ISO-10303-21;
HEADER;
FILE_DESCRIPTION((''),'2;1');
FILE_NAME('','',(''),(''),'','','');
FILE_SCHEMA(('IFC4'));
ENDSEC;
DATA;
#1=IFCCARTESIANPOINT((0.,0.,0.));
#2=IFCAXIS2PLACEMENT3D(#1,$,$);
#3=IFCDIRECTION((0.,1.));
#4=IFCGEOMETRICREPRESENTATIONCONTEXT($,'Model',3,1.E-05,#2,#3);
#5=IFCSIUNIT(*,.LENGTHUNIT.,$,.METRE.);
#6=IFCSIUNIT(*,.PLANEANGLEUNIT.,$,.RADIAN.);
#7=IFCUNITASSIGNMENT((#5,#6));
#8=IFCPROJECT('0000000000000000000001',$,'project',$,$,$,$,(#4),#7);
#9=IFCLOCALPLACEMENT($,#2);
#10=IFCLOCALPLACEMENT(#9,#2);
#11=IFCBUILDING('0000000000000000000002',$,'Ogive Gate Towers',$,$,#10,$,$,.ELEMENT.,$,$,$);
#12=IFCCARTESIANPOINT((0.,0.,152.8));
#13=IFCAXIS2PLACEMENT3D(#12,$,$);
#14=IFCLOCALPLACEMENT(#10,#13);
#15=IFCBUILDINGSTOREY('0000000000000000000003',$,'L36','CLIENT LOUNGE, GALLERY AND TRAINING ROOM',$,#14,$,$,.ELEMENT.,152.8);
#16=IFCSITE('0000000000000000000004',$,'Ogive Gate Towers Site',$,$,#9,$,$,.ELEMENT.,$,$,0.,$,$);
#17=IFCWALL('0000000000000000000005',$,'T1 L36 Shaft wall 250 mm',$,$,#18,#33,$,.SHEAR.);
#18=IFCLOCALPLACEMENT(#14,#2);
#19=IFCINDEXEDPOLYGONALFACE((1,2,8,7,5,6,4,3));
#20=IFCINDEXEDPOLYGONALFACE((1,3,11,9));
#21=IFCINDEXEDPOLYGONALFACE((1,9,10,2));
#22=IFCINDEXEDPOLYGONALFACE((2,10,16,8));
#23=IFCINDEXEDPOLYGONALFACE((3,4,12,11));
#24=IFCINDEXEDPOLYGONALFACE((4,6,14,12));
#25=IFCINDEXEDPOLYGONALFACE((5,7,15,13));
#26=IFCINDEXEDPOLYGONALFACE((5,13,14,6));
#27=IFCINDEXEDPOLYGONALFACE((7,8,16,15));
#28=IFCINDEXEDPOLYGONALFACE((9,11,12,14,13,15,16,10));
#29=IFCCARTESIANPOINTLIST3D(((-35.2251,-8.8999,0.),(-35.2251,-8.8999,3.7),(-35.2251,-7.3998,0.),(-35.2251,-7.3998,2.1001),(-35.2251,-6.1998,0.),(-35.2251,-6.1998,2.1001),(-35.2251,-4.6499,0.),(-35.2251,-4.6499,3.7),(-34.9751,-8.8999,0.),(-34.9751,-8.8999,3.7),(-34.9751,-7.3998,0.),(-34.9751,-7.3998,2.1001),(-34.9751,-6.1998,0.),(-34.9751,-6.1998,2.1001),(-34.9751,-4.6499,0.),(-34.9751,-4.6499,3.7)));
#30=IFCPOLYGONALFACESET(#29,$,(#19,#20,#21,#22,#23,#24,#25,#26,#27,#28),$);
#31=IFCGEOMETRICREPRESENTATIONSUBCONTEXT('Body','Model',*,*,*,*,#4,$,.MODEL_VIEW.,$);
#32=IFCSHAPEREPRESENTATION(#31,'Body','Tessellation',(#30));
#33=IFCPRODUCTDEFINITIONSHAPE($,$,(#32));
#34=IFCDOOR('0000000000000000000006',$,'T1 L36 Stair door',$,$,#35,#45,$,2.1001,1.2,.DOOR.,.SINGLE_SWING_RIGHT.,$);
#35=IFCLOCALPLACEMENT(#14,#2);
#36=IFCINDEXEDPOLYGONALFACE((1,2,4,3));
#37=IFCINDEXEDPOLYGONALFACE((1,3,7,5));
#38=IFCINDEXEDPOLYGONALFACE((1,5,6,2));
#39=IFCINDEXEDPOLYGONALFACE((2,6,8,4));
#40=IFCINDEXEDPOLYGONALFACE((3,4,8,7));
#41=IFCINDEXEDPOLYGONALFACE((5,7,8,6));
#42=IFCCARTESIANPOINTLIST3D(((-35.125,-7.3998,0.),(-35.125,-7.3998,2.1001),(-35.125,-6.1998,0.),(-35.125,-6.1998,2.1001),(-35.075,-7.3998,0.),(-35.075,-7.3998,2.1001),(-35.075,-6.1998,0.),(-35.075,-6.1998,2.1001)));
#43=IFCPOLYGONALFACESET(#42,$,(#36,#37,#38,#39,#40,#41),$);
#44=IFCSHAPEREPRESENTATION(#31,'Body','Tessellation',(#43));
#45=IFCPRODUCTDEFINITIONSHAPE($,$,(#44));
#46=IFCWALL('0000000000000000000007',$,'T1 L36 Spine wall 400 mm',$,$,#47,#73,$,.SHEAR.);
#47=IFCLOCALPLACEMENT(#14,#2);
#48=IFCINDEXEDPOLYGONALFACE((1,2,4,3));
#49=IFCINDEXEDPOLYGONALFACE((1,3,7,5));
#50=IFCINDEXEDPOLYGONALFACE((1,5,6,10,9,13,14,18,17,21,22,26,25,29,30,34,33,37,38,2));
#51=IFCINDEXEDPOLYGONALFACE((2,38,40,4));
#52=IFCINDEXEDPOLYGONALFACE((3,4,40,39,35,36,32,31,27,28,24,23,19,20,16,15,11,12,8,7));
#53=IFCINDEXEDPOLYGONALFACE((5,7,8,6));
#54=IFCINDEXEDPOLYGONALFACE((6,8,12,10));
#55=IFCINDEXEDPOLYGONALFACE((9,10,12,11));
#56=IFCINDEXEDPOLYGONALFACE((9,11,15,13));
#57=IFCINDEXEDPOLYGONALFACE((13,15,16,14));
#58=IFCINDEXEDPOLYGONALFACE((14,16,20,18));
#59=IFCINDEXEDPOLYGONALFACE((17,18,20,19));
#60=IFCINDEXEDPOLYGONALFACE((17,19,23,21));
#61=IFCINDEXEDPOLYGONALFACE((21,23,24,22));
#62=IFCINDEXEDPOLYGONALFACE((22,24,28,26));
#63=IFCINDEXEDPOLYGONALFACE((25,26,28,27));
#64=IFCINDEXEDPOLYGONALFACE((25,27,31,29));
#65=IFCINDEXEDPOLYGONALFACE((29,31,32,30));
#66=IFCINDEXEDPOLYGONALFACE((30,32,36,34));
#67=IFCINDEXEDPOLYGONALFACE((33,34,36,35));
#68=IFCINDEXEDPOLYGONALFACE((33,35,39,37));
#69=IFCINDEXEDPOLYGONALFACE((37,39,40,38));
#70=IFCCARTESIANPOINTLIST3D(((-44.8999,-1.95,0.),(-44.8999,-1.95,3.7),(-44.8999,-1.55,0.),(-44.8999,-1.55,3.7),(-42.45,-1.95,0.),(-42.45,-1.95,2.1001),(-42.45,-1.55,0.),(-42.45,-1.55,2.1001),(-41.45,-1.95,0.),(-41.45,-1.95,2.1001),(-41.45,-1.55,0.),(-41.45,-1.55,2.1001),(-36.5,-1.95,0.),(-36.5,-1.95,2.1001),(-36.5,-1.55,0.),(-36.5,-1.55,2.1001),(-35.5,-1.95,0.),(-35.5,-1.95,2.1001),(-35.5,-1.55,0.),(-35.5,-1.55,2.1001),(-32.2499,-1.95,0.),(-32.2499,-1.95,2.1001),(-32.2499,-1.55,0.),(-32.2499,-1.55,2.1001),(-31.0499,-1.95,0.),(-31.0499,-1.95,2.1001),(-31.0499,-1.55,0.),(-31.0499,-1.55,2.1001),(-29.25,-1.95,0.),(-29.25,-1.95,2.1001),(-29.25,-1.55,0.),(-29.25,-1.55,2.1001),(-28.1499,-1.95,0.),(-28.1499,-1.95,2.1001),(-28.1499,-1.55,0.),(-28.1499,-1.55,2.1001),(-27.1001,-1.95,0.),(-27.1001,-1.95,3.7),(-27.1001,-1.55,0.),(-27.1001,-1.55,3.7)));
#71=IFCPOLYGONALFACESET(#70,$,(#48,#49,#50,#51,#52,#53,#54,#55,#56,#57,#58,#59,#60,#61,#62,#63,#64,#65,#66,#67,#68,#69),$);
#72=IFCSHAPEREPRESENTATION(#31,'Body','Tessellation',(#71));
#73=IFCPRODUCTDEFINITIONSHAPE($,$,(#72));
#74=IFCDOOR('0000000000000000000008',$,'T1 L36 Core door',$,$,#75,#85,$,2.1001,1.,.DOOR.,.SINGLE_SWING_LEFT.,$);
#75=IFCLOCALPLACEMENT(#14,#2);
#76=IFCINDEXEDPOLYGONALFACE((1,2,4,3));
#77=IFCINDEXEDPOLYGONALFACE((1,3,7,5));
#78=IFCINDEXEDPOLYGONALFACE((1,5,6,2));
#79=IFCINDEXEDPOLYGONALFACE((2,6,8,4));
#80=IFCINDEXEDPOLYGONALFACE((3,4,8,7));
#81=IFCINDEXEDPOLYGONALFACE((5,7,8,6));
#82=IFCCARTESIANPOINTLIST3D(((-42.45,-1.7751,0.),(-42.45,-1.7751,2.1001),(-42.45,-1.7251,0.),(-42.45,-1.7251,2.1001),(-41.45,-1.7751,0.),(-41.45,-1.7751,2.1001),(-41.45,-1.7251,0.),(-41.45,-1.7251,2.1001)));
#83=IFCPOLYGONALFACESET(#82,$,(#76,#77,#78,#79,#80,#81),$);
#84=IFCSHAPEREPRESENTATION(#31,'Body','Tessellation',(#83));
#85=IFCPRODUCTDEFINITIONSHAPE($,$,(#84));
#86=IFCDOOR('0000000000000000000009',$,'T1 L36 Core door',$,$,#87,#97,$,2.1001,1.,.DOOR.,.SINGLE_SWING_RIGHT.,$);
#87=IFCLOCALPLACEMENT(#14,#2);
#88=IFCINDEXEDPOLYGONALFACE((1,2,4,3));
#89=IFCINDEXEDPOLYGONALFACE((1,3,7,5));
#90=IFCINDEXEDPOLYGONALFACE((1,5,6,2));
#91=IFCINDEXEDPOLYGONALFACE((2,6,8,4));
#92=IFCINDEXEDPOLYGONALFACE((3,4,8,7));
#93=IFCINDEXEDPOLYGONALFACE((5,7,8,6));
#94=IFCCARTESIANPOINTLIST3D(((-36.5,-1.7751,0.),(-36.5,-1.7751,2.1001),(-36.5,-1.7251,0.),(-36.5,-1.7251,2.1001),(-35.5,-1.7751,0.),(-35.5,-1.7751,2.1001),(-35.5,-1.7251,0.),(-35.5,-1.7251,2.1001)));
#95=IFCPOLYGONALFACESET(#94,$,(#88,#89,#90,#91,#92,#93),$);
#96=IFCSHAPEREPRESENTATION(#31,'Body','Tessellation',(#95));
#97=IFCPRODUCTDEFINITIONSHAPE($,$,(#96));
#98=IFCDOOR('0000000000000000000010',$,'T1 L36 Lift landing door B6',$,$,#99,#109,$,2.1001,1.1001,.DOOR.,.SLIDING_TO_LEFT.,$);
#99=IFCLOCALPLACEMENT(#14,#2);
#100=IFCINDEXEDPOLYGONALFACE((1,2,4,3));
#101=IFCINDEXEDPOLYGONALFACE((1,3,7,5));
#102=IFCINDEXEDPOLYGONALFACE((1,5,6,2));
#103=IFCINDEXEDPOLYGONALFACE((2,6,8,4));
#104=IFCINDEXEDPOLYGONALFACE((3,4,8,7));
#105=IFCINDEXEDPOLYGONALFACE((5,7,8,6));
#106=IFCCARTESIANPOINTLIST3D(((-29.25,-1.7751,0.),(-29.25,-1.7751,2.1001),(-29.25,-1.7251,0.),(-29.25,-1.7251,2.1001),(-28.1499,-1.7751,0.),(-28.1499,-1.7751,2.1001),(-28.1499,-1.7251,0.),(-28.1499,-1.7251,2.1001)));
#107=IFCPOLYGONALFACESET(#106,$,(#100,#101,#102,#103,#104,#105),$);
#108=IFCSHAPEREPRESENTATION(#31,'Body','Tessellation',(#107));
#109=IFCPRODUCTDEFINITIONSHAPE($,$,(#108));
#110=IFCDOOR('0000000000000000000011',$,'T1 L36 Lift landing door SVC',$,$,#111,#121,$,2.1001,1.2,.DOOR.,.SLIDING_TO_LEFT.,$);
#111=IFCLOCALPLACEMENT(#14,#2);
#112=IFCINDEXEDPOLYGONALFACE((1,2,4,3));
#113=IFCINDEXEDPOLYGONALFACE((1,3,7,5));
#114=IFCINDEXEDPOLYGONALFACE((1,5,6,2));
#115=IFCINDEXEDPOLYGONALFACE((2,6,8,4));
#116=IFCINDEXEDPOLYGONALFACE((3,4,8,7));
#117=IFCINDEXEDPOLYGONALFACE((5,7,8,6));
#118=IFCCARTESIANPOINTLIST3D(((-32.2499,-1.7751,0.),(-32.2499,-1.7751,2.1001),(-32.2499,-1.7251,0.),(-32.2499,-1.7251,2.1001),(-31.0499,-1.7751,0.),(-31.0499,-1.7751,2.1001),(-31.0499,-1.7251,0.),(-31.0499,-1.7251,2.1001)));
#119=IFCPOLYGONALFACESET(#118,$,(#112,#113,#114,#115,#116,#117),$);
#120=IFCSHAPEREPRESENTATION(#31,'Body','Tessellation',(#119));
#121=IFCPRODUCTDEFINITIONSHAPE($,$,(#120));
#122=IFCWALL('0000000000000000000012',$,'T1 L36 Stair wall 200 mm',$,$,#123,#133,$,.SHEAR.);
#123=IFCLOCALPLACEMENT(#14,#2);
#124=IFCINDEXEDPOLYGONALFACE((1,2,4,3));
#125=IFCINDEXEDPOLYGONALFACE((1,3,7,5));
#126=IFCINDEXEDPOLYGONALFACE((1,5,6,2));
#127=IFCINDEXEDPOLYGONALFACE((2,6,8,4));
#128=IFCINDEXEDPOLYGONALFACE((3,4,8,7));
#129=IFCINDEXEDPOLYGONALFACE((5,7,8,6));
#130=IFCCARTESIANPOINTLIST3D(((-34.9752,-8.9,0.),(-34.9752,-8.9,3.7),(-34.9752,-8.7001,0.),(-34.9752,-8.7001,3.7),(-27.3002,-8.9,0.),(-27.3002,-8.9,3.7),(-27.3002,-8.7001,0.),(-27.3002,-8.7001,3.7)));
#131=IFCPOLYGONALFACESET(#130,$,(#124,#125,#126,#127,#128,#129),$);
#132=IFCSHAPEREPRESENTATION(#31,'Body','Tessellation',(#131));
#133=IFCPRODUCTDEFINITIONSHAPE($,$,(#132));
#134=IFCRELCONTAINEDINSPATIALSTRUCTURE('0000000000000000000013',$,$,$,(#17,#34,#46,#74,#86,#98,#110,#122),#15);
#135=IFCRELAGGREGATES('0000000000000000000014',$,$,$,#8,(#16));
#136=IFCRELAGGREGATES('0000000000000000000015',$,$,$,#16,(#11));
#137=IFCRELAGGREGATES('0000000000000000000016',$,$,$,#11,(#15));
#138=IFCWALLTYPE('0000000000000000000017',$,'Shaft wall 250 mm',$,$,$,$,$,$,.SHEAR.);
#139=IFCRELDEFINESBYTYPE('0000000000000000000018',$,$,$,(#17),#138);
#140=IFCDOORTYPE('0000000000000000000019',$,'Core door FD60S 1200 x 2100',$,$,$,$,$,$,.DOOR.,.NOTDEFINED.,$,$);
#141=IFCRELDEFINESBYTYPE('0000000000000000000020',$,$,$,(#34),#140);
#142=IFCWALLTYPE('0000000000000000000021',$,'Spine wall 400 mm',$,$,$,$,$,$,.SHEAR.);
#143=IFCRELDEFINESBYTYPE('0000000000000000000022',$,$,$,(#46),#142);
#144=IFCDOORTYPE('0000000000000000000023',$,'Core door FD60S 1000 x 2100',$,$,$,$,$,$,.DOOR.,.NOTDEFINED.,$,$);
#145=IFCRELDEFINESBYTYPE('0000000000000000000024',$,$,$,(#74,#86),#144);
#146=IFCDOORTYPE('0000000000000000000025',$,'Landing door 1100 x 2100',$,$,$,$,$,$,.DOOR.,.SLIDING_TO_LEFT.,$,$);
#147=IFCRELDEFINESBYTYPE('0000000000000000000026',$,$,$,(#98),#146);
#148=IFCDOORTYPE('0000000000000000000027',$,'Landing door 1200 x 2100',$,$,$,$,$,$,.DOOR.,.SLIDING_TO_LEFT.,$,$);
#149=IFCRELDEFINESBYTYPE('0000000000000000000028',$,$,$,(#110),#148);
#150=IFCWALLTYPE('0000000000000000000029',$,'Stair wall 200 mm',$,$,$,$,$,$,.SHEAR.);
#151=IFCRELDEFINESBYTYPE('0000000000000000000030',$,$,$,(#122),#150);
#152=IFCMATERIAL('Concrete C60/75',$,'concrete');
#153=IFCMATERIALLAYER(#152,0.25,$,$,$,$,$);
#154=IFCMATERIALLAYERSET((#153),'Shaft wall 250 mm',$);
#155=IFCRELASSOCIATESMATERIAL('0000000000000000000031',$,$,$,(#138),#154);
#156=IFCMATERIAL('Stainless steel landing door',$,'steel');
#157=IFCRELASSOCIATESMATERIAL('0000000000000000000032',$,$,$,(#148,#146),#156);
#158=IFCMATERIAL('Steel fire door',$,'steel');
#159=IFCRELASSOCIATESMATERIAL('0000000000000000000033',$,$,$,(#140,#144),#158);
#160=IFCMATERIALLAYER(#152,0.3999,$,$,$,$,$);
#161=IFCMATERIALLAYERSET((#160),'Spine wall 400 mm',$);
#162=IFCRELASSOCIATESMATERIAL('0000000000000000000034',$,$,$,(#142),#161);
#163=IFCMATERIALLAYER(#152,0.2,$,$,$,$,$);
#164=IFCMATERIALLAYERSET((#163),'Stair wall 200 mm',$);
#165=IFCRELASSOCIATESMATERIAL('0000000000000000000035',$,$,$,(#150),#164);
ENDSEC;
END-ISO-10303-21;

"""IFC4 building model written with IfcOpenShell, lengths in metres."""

from ifc_helpers import new_model, si_unit, direction, frame, frame_2d, origin, place, context, subcontext, project, spatial, rectangle, extrude, material, layer, layer_set, type_object, element, fill, save


model = new_model("IFC4")

# Units and contexts
model_context = context("Model", 3, precision=1e-05, world=origin(), true_north=direction((0.0, 1.0)))
body_context = subcontext(model_context, "Body", "Model", "MODEL_VIEW")
ifc_project = project(units=[si_unit("LENGTHUNIT", "METRE"), si_unit("PLANEANGLEUNIT", "RADIAN")], contexts=[model_context])

# Site, building, storey
site_placement = place(None, origin())
site = spatial("IfcSite", under=ifc_project, at=site_placement, Name="Ogive Gate Towers Site", CompositionType="ELEMENT", RefElevation=0.0)
building_placement = place(site_placement, origin())
building = spatial("IfcBuilding", under=site, at=building_placement, Name="Ogive Gate Towers", CompositionType="ELEMENT")
storey_placement = place(building_placement, frame((0.0, 0.0, 152.8)))
storey = spatial("IfcBuildingStorey", under=building, at=storey_placement, Name="L36", Description="CLIENT LOUNGE, GALLERY AND TRAINING ROOM", CompositionType="ELEMENT", Elevation=152.8)

# Shared definitions
ifc_material_1 = material(Name="Concrete C60/75", Category="concrete")
ifc_layer_1 = layer(ifc_material_1, 0.25)
ifc_layer_set_1 = layer_set([ifc_layer_1], Name="Shaft wall 250 mm")
wall_type_1 = type_object("IfcWallType", Name="Shaft wall 250 mm", PredefinedType="SHEAR", material=ifc_layer_set_1)

# Wall, opening, door
ifc_material_2 = material(Name="Stainless steel landing door", Category="steel")
door_type_1 = type_object("IfcDoorType", Name="Landing door 1200 x 2100", OperationType="SLIDING_TO_LEFT", PredefinedType="DOOR", material=ifc_material_2)
wall_1_placement = place(storey_placement, frame((-35.1001, -8.8999, 0.0), z_axis=(0.0, 0.0, 1.0), x_axis=(0.0, 1.0, 0.0)))
wall_1 = element("IfcWall", 1, at=wall_1_placement, inside=storey, type_object=wall_type_1, Name="T1 L36 Shaft wall 250 mm", PredefinedType="SHEAR", context=body_context, shape_type="SweptSolid", body=[
    extrude(rectangle(XDim=4.25, YDim=0.25, at=frame_2d((2.125, 0.0))), origin(), (0.0, 0.0, 1.0), 3.7),
])
opening_1_placement = place(wall_1_placement, frame((1.5, 0.0, 0.0)))
opening_1 = element("IfcOpeningElement", 2, at=opening_1_placement, cuts=wall_1, PredefinedType="OPENING", context=body_context, shape_type="SweptSolid", body=[
    extrude(rectangle(XDim=1.2, YDim=2.1001, at=frame_2d((0.6001, 1.05))), frame((0.0, 0.135, 0.0), z_axis=(0.0, -1.0, 0.0), x_axis=(1.0, 0.0, 0.0)), (0.0, 0.0, 1.0), 0.27),
])
ifc_material_3 = material(Name="Steel fire door", Category="steel")
door_type_2 = type_object("IfcDoorType", Name="Core door FD60S 1200 x 2100", OperationType="NOTDEFINED", PredefinedType="DOOR", material=ifc_material_3)
door_1_placement = place(opening_1_placement, origin())
door_1 = element("IfcDoor", 3, at=door_1_placement, inside=storey, type_object=door_type_2, Name="T1 L36 Stair door", OperationType="SINGLE_SWING_RIGHT", OverallHeight=2.1001, OverallWidth=1.2, PredefinedType="DOOR", context=body_context, shape_type="SweptSolid", body=[
    extrude(rectangle(XDim=1.2, YDim=2.1001, at=frame_2d((0.6001, 1.05))), frame((0.0, 0.0249, 0.0), z_axis=(0.0, -1.0, 0.0), x_axis=(1.0, 0.0, 0.0)), (0.0, 0.0, 1.0), 0.05),
])
fill(opening_1, door_1)

# Wall, openings, doors
ifc_layer_2 = layer(ifc_material_1, 0.3999)
ifc_layer_set_2 = layer_set([ifc_layer_2], Name="Spine wall 400 mm")
wall_type_2 = type_object("IfcWallType", Name="Spine wall 400 mm", PredefinedType="SHEAR", material=ifc_layer_set_2)
wall_2_placement = place(storey_placement, frame((-44.8999, -1.75, 0.0), z_axis=(0.0, 0.0, 1.0), x_axis=(1.0, 0.0, 0.0)))
wall_2 = element("IfcWall", 4, at=wall_2_placement, inside=storey, type_object=wall_type_2, Name="T1 L36 Spine wall 400 mm", PredefinedType="SHEAR", context=body_context, shape_type="SweptSolid", body=[
    extrude(rectangle(XDim=17.7998, YDim=0.3999, at=frame_2d((8.8999, 0.0))), origin(), (0.0, 0.0, 1.0), 3.7),
])
opening_2_placement = place(wall_2_placement, frame((12.6499, 0.0, 0.0)))
opening_2 = element("IfcOpeningElement", 5, at=opening_2_placement, cuts=wall_2, PredefinedType="OPENING", context=body_context, shape_type="SweptSolid", body=[
    extrude(rectangle(XDim=1.2, YDim=2.1001, at=frame_2d((0.6001, 1.05))), frame((0.0, 0.21, 0.0), z_axis=(0.0, -1.0, 0.0), x_axis=(1.0, 0.0, 0.0)), (0.0, 0.0, 1.0), 0.4199),
])
opening_3_placement = place(wall_2_placement, frame((15.6499, 0.0, 0.0)))
opening_3 = element("IfcOpeningElement", 6, at=opening_3_placement, cuts=wall_2, PredefinedType="OPENING", context=body_context, shape_type="SweptSolid", body=[
    extrude(rectangle(XDim=1.1001, YDim=2.1001, at=frame_2d((0.55, 1.05))), frame((0.0, 0.21, 0.0), z_axis=(0.0, -1.0, 0.0), x_axis=(1.0, 0.0, 0.0)), (0.0, 0.0, 1.0), 0.4199),
])
opening_4_placement = place(wall_2_placement, frame((2.45, 0.0, 0.0)))
opening_4 = element("IfcOpeningElement", 7, at=opening_4_placement, cuts=wall_2, PredefinedType="OPENING", context=body_context, shape_type="SweptSolid", body=[
    extrude(rectangle(XDim=1.0, YDim=2.1001, at=frame_2d((0.5, 1.05))), frame((0.0, 0.21, 0.0), z_axis=(0.0, -1.0, 0.0), x_axis=(1.0, 0.0, 0.0)), (0.0, 0.0, 1.0), 0.4199),
])
opening_5_placement = place(wall_2_placement, frame((8.3999, 0.0, 0.0)))
opening_5 = element("IfcOpeningElement", 8, at=opening_5_placement, cuts=wall_2, PredefinedType="OPENING", context=body_context, shape_type="SweptSolid", body=[
    extrude(rectangle(XDim=1.0, YDim=2.1001, at=frame_2d((0.5, 1.05))), frame((0.0, 0.21, 0.0), z_axis=(0.0, -1.0, 0.0), x_axis=(1.0, 0.0, 0.0)), (0.0, 0.0, 1.0), 0.4199),
])
door_type_3 = type_object("IfcDoorType", Name="Core door FD60S 1000 x 2100", OperationType="NOTDEFINED", PredefinedType="DOOR", material=ifc_material_3)
door_2_placement = place(opening_4_placement, origin())
door_2 = element("IfcDoor", 9, at=door_2_placement, inside=storey, type_object=door_type_3, Name="T1 L36 Core door", OperationType="SINGLE_SWING_LEFT", OverallHeight=2.1001, OverallWidth=1.0, PredefinedType="DOOR", context=body_context, shape_type="SweptSolid", body=[
    extrude(rectangle(XDim=1.0, YDim=2.1001, at=frame_2d((0.5, 1.05))), frame((0.0, 0.0249, 0.0), z_axis=(0.0, -1.0, 0.0), x_axis=(1.0, 0.0, 0.0)), (0.0, 0.0, 1.0), 0.05),
])
fill(opening_4, door_2)
door_3_placement = place(opening_5_placement, origin())
door_3 = element("IfcDoor", 10, at=door_3_placement, inside=storey, type_object=door_type_3, Name="T1 L36 Core door", OperationType="SINGLE_SWING_RIGHT", OverallHeight=2.1001, OverallWidth=1.0, PredefinedType="DOOR", context=body_context, shape_type="SweptSolid", body=[
    extrude(rectangle(XDim=1.0, YDim=2.1001, at=frame_2d((0.5, 1.05))), frame((0.0, 0.0249, 0.0), z_axis=(0.0, -1.0, 0.0), x_axis=(1.0, 0.0, 0.0)), (0.0, 0.0, 1.0), 0.05),
])
fill(opening_5, door_3)
door_type_4 = type_object("IfcDoorType", Name="Landing door 1100 x 2100", OperationType="SLIDING_TO_LEFT", PredefinedType="DOOR", material=ifc_material_2)
door_4_placement = place(opening_3_placement, origin())
door_4 = element("IfcDoor", 11, at=door_4_placement, inside=storey, type_object=door_type_4, Name="T1 L36 Lift landing door B6", OperationType="SLIDING_TO_LEFT", OverallHeight=2.1001, OverallWidth=1.1001, PredefinedType="DOOR", context=body_context, shape_type="SweptSolid", body=[
    extrude(rectangle(XDim=1.1001, YDim=2.1001, at=frame_2d((0.55, 1.05))), frame((0.0, 0.0249, 0.0), z_axis=(0.0, -1.0, 0.0), x_axis=(1.0, 0.0, 0.0)), (0.0, 0.0, 1.0), 0.05),
])
fill(opening_3, door_4)
door_5_placement = place(opening_2_placement, origin())
door_5 = element("IfcDoor", 12, at=door_5_placement, inside=storey, type_object=door_type_1, Name="T1 L36 Lift landing door SVC", OperationType="SLIDING_TO_LEFT", OverallHeight=2.1001, OverallWidth=1.2, PredefinedType="DOOR", context=body_context, shape_type="SweptSolid", body=[
    extrude(rectangle(XDim=1.2, YDim=2.1001, at=frame_2d((0.6001, 1.05))), frame((0.0, 0.0249, 0.0), z_axis=(0.0, -1.0, 0.0), x_axis=(1.0, 0.0, 0.0)), (0.0, 0.0, 1.0), 0.05),
])
fill(opening_2, door_5)

# Wall
ifc_layer_3 = layer(ifc_material_1, 0.2)
ifc_layer_set_3 = layer_set([ifc_layer_3], Name="Stair wall 200 mm")
wall_type_3 = type_object("IfcWallType", Name="Stair wall 200 mm", PredefinedType="SHEAR", material=ifc_layer_set_3)
wall_3_placement = place(storey_placement, frame((-34.9751, -8.8, 0.0), z_axis=(0.0, 0.0, 1.0), x_axis=(1.0, 0.0, 0.0)))
element("IfcWall", 13, at=wall_3_placement, inside=storey, type_object=wall_type_3, Name="T1 L36 Stair wall 200 mm", PredefinedType="SHEAR", context=body_context, shape_type="SweptSolid", body=[
    extrude(rectangle(XDim=7.675, YDim=0.2, at=frame_2d((3.8374, 0.0))), origin(), (0.0, 0.0, 1.0), 3.7),
])

save(model, "model.ifc")
